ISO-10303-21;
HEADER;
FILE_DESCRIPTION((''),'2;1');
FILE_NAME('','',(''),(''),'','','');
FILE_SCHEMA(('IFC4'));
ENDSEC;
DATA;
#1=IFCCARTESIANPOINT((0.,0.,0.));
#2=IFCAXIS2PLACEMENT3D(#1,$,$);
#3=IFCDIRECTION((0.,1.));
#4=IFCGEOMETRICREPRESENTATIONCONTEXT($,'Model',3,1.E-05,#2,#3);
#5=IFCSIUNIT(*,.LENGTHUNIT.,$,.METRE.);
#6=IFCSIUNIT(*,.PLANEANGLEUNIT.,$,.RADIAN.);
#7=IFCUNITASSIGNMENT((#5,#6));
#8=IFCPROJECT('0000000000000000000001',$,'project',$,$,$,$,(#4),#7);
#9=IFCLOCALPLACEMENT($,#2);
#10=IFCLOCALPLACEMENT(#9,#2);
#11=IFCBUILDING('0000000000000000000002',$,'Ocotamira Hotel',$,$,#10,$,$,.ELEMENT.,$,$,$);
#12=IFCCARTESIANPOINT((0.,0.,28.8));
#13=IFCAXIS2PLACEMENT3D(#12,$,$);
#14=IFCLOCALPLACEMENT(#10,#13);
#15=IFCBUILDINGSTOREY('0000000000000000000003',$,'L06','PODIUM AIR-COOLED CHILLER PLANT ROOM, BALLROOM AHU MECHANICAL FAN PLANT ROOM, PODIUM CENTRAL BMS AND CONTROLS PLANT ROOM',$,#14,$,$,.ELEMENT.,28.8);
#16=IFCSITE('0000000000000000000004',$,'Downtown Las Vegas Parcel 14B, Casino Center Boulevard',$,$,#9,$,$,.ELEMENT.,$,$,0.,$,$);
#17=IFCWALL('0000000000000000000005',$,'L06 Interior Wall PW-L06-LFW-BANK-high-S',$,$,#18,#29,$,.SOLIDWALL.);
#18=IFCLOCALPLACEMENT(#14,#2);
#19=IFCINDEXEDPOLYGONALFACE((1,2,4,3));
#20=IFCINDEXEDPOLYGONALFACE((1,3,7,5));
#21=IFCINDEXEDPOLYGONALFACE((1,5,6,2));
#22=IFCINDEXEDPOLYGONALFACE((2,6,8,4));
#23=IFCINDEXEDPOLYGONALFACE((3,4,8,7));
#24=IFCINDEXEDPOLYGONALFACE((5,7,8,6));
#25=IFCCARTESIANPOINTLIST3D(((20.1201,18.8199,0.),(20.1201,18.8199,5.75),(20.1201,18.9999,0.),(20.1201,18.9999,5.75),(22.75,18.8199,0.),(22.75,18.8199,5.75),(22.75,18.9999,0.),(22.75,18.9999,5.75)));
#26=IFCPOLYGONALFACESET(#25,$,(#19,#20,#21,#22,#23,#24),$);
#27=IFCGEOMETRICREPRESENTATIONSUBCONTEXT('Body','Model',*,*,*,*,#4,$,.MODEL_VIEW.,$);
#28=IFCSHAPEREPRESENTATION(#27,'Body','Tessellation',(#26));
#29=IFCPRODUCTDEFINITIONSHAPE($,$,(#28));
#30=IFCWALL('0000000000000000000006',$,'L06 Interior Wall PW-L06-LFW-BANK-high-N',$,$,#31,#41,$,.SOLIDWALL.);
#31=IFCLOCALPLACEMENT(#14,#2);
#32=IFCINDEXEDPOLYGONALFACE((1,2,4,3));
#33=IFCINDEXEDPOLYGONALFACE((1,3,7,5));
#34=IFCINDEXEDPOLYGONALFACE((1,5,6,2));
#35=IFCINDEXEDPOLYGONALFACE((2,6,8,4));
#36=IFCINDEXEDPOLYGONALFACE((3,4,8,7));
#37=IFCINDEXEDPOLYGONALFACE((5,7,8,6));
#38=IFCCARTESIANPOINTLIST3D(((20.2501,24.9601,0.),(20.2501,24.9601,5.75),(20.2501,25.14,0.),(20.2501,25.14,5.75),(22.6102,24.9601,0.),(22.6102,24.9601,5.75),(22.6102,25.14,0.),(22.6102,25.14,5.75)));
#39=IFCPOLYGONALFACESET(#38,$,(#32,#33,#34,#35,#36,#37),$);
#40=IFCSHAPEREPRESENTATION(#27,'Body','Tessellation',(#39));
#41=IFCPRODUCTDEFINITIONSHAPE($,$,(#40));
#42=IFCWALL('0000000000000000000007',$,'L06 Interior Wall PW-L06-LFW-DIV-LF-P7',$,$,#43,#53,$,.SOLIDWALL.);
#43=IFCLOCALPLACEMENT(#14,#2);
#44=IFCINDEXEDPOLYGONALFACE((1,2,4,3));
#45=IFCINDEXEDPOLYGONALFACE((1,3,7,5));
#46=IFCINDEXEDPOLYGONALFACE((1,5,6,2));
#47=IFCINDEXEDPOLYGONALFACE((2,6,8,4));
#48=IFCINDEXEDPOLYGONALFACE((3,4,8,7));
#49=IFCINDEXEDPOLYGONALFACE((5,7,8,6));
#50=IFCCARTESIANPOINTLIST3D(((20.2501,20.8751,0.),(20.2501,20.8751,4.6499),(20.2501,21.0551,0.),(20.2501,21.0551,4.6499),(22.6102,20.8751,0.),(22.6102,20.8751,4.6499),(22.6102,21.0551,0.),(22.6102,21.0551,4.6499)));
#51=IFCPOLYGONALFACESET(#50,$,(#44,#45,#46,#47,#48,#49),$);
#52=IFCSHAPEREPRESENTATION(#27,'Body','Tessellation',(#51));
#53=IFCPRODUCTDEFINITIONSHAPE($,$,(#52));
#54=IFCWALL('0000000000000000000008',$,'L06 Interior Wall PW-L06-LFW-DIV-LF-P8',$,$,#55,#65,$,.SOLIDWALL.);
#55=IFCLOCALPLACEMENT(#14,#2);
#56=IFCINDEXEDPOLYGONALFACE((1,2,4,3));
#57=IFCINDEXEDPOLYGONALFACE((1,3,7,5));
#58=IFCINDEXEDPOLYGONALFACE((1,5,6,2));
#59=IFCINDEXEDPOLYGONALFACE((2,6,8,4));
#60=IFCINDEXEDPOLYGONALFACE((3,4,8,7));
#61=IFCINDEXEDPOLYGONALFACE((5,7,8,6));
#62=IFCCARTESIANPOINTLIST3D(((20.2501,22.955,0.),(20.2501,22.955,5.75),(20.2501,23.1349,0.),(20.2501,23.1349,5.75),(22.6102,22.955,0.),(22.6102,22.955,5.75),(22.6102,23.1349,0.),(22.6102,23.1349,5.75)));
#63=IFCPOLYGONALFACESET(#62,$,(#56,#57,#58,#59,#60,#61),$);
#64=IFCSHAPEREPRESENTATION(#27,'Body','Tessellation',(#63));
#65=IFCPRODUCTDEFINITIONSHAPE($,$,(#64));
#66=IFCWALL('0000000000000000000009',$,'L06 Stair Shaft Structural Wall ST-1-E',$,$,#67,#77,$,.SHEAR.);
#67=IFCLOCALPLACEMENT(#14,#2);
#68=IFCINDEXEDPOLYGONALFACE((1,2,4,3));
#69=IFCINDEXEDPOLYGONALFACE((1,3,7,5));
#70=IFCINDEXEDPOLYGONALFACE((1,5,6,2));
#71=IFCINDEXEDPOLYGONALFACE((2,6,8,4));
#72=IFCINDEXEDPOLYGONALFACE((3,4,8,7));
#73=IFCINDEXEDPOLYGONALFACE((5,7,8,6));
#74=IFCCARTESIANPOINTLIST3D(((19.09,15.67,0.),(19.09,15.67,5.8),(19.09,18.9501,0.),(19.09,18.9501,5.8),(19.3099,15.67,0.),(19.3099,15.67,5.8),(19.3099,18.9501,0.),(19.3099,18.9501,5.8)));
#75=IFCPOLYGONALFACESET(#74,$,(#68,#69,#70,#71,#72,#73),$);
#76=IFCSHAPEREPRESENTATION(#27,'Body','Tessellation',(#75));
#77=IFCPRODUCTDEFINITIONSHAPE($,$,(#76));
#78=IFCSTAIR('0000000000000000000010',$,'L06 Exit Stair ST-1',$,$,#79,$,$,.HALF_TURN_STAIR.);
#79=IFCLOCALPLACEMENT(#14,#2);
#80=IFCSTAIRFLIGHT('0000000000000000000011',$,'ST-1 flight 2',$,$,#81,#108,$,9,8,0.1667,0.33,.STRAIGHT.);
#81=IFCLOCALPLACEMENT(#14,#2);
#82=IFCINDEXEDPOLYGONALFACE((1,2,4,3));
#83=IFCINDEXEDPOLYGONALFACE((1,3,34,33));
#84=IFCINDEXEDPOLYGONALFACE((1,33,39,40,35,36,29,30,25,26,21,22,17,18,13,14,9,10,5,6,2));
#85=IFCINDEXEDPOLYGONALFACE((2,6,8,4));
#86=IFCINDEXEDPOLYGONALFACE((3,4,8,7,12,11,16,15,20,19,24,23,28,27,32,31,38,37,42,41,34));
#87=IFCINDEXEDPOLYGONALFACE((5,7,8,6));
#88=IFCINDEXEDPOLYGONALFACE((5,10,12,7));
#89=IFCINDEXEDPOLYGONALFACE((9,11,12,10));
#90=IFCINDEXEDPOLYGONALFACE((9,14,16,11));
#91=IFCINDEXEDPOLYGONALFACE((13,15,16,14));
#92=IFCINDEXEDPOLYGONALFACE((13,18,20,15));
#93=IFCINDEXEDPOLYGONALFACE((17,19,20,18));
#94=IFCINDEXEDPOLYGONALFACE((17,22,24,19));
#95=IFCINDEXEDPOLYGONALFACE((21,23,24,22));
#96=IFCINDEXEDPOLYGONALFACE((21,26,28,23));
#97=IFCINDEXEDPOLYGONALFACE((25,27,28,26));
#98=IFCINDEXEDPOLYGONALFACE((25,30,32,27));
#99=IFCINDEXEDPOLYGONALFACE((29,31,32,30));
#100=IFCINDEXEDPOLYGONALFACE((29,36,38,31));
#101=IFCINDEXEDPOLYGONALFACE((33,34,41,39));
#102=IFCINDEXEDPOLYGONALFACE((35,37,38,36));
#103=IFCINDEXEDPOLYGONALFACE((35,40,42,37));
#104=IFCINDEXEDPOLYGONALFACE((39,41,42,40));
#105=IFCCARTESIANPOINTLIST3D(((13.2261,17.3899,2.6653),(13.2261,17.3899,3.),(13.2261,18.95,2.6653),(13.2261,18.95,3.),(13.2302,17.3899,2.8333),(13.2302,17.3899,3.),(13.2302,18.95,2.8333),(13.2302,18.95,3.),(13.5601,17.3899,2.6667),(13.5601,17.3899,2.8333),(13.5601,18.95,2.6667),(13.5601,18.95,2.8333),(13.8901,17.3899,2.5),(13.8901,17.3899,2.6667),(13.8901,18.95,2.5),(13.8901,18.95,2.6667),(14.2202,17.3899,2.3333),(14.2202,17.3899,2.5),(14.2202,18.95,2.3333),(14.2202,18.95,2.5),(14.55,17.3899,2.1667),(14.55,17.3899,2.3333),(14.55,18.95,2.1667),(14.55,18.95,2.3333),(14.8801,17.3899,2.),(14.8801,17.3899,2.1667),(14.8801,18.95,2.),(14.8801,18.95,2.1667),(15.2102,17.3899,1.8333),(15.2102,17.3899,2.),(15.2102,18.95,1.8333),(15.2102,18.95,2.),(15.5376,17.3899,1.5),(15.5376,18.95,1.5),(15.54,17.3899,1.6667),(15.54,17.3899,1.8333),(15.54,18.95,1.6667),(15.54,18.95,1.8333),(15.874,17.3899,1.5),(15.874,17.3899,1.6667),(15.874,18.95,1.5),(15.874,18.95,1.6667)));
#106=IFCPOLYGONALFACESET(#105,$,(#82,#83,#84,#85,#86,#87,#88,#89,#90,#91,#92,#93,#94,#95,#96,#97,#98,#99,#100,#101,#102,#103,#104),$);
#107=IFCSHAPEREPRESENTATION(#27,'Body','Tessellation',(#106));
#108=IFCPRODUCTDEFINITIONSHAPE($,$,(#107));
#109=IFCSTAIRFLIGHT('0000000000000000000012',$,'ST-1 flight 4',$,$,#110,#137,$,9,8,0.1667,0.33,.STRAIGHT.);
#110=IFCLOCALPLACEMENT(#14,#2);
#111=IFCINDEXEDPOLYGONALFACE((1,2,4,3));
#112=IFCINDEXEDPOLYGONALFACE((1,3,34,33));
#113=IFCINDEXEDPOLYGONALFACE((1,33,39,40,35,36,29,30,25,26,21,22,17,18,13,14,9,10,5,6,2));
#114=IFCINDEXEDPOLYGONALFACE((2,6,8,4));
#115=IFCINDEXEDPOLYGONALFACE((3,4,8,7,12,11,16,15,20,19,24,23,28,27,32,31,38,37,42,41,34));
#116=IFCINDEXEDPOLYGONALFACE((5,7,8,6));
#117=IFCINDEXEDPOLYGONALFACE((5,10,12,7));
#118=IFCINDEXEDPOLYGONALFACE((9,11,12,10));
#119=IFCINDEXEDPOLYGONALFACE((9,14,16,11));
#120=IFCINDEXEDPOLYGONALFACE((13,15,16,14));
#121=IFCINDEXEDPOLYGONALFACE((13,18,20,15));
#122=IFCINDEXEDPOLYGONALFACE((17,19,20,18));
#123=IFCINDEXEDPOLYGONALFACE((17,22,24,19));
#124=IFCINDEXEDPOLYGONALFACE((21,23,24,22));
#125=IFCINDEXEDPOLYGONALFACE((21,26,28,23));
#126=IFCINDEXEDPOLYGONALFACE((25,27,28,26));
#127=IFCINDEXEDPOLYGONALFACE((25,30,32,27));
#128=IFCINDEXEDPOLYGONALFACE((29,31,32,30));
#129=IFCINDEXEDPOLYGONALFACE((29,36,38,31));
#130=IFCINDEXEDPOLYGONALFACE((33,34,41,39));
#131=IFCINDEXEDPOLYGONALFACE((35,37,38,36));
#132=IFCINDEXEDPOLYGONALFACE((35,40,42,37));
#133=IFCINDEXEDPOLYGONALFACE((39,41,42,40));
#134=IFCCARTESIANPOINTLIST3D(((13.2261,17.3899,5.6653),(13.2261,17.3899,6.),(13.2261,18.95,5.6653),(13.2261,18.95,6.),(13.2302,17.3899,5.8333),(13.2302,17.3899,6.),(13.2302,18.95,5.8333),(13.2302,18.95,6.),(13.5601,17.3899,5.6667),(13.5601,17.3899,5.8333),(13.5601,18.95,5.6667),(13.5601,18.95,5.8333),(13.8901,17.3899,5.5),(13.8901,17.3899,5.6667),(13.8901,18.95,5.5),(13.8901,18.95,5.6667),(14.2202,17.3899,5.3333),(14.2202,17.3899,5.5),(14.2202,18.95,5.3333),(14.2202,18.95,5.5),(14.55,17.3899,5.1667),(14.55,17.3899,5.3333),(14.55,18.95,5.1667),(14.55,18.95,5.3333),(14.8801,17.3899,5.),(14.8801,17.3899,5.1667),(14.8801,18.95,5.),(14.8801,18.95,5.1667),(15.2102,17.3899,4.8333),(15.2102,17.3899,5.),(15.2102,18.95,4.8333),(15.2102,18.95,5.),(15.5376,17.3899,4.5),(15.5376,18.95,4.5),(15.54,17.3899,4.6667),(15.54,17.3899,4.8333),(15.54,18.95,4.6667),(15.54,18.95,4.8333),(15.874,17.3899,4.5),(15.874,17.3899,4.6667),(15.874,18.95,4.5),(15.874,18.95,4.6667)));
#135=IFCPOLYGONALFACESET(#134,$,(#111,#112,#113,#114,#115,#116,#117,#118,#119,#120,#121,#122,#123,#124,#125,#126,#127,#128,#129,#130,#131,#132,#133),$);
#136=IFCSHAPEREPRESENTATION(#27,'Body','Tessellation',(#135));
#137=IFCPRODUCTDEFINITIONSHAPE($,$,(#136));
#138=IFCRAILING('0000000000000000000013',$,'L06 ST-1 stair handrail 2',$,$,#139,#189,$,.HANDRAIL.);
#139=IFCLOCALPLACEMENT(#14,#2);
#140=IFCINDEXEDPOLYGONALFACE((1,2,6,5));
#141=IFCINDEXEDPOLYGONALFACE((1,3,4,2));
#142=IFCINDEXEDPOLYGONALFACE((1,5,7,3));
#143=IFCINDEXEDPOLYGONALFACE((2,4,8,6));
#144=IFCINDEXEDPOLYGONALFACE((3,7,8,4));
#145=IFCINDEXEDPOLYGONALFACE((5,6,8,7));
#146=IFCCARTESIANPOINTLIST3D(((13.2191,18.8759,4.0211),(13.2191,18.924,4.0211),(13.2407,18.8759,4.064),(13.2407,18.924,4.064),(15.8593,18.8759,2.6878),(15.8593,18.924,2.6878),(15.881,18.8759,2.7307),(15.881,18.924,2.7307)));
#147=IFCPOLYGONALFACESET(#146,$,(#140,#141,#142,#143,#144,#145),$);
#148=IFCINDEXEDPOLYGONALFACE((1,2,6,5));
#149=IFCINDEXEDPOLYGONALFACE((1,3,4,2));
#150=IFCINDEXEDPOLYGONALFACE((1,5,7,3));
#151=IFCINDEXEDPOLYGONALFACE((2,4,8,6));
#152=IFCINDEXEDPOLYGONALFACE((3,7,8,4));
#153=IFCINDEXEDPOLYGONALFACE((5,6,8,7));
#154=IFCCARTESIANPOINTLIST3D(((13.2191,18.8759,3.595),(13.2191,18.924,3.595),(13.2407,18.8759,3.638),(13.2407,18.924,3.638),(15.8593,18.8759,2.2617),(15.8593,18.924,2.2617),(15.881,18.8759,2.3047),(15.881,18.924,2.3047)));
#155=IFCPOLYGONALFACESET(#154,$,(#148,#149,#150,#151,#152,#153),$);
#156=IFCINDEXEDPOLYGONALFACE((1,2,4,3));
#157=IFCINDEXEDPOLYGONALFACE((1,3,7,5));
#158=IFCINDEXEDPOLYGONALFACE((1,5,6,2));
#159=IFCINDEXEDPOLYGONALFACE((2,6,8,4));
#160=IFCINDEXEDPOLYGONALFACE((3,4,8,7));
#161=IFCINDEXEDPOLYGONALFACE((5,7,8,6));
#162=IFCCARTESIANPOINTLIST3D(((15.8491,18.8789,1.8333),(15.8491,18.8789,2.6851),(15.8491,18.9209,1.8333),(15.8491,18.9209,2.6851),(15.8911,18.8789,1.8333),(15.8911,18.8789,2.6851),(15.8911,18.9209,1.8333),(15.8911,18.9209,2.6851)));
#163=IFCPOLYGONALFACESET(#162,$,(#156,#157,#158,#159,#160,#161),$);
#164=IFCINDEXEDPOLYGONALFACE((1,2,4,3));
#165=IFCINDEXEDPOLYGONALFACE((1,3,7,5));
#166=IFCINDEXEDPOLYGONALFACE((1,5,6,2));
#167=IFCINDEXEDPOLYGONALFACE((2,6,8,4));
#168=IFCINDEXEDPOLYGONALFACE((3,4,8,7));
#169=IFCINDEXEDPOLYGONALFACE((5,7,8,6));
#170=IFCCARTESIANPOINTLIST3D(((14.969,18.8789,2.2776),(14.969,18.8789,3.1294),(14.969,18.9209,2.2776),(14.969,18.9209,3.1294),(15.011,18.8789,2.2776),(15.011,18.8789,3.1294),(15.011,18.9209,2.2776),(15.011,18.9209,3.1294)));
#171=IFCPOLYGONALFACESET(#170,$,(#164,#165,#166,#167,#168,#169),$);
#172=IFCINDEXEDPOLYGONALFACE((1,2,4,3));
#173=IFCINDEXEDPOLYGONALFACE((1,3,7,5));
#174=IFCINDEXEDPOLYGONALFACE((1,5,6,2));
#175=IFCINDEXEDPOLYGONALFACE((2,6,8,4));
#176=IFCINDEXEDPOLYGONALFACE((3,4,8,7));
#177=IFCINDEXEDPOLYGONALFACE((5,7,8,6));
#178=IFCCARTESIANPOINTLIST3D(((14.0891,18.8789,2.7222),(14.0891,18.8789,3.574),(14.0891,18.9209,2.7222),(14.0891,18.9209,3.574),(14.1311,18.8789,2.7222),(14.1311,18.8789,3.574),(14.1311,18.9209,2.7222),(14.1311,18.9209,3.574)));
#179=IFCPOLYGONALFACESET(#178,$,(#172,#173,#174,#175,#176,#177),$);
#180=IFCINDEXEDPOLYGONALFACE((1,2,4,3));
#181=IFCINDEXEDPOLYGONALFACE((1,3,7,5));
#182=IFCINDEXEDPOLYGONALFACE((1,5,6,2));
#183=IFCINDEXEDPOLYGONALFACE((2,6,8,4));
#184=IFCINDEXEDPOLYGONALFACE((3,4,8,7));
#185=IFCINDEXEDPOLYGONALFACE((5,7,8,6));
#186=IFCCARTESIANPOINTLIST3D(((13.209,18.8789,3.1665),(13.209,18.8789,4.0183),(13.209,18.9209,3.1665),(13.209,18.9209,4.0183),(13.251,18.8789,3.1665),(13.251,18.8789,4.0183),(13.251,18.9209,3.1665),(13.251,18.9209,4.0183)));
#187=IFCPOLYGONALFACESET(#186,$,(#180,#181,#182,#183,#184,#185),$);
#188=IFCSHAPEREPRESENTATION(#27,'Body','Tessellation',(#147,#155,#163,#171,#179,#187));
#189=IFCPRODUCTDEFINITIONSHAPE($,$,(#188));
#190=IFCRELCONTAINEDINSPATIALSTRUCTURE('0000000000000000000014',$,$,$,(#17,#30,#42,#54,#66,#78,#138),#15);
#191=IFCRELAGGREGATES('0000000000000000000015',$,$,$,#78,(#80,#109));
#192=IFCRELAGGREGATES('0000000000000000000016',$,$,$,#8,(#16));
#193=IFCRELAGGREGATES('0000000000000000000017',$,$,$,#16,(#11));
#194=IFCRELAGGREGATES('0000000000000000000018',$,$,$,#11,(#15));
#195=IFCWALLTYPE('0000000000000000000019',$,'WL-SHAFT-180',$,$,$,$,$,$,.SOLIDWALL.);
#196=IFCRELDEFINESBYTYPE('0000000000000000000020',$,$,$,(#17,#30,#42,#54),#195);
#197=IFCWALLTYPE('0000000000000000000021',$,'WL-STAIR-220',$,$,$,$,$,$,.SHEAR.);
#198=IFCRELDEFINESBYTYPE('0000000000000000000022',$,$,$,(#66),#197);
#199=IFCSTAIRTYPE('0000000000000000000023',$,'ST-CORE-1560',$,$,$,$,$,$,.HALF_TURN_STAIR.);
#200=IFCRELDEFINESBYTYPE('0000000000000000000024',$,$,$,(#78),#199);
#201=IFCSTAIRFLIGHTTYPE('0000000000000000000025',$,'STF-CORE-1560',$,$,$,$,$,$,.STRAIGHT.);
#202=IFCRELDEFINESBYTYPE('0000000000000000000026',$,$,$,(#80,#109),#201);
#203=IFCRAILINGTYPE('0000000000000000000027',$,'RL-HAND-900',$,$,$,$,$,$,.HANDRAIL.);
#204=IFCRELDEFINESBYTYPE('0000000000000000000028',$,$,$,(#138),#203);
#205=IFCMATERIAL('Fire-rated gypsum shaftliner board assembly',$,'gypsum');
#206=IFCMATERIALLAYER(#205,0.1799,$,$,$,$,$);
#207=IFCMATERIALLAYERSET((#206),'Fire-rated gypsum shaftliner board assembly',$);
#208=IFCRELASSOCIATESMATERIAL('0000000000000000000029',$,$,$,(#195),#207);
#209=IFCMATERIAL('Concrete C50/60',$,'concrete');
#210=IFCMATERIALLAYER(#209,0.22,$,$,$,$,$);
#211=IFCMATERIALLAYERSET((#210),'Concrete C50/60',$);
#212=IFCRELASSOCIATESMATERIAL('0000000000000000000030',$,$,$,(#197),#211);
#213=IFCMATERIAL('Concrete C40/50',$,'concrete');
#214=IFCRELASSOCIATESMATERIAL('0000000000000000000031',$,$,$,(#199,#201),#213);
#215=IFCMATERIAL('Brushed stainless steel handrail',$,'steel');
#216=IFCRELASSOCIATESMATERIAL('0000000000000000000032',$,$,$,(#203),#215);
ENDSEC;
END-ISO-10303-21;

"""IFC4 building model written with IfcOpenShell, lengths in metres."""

from ifc_helpers import new_model, si_unit, direction, frame, frame_2d, origin, origin_2d, place, context, subcontext, project, spatial, polyline, rectangle, outline, extrude, source, transform, mapped, material, layer, layer_set, type_object, element, aggregate, save


model = new_model("IFC4")

# Units and contexts
model_context = context("Model", 3, precision=1e-05, world=origin(), true_north=direction((0.0, 1.0)))
body_context = subcontext(model_context, "Body", "Model", "MODEL_VIEW")
ifc_project = project(units=[si_unit("LENGTHUNIT", "METRE"), si_unit("PLANEANGLEUNIT", "RADIAN")], contexts=[model_context])

# Site, building, storey
site_placement = place(None, origin())
site = spatial("IfcSite", under=ifc_project, at=site_placement, Name="Downtown Las Vegas Parcel 14B, Casino Center Boulevard", CompositionType="ELEMENT", RefElevation=0.0)
building_placement = place(site_placement, origin())
building = spatial("IfcBuilding", under=site, at=building_placement, Name="Ocotamira Hotel", CompositionType="ELEMENT")
storey_placement = place(building_placement, frame((0.0, 0.0, 28.8)))
storey = spatial("IfcBuildingStorey", under=building, at=storey_placement, Name="L06", Description="PODIUM AIR-COOLED CHILLER PLANT ROOM, BALLROOM AHU MECHANICAL FAN PLANT ROOM, PODIUM CENTRAL BMS AND CONTROLS PLANT ROOM", CompositionType="ELEMENT", Elevation=28.8)

# Walls
ifc_material_1 = material(Name="Fire-rated gypsum shaftliner board assembly", Category="gypsum")
ifc_layer_1 = layer(ifc_material_1, 0.1799)
ifc_layer_set_1 = layer_set([ifc_layer_1], Name="Fire-rated gypsum shaftliner board assembly")
wall_type_1 = type_object("IfcWallType", Name="WL-SHAFT-180", PredefinedType="SOLIDWALL", material=ifc_layer_set_1)
wall_1_placement = place(storey_placement, frame((20.1201, 18.9099, 0.0), z_axis=(0.0, 0.0, 1.0), x_axis=(1.0, 0.0, 0.0)))
element("IfcWall", 1, at=wall_1_placement, inside=storey, type_object=wall_type_1, Name="L06 Interior Wall PW-L06-LFW-BANK-high-S", PredefinedType="SOLIDWALL", context=body_context, shape_type="SweptSolid", body=[
    extrude(rectangle(XDim=2.6299, YDim=0.1799, at=frame_2d((1.3149, 0.0))), origin(), (0.0, 0.0, 1.0), 5.75),
])
wall_2_placement = place(storey_placement, frame((20.25, 25.05, 0.0), z_axis=(0.0, 0.0, 1.0), x_axis=(1.0, 0.0, 0.0)))
element("IfcWall", 2, at=wall_2_placement, inside=storey, type_object=wall_type_1, Name="L06 Interior Wall PW-L06-LFW-BANK-high-N", PredefinedType="SOLIDWALL", context=body_context, shape_type="SweptSolid", body=[
    extrude(rectangle(XDim=2.3601, YDim=0.1799, at=frame_2d((1.1802, 0.0))), origin(), (0.0, 0.0, 1.0), 5.75),
])
wall_3_placement = place(storey_placement, frame((20.25, 20.9651, 0.0), z_axis=(0.0, 0.0, 1.0), x_axis=(1.0, 0.0, 0.0)))
element("IfcWall", 3, at=wall_3_placement, inside=storey, type_object=wall_type_1, Name="L06 Interior Wall PW-L06-LFW-DIV-LF-P7", PredefinedType="SOLIDWALL", context=body_context, shape_type="SweptSolid", body=[
    extrude(rectangle(XDim=2.3601, YDim=0.1799, at=frame_2d((1.1802, 0.0))), origin(), (0.0, 0.0, 1.0), 4.6499),
])
wall_4_placement = place(storey_placement, frame((20.25, 23.0449, 0.0), z_axis=(0.0, 0.0, 1.0), x_axis=(1.0, 0.0, 0.0)))
element("IfcWall", 4, at=wall_4_placement, inside=storey, type_object=wall_type_1, Name="L06 Interior Wall PW-L06-LFW-DIV-LF-P8", PredefinedType="SOLIDWALL", context=body_context, shape_type="SweptSolid", body=[
    extrude(rectangle(XDim=2.3601, YDim=0.1799, at=frame_2d((1.1802, 0.0))), origin(), (0.0, 0.0, 1.0), 5.75),
])
ifc_material_2 = material(Name="Concrete C50/60", Category="concrete")
ifc_layer_2 = layer(ifc_material_2, 0.22)
ifc_layer_set_2 = layer_set([ifc_layer_2], Name="Concrete C50/60")
wall_type_2 = type_object("IfcWallType", Name="WL-STAIR-220", PredefinedType="SHEAR", material=ifc_layer_set_2)
wall_5_placement = place(storey_placement, frame((19.2, 15.6699, 0.0), z_axis=(0.0, 0.0, 1.0), x_axis=(0.0, 1.0, 0.0)))
element("IfcWall", 5, at=wall_5_placement, inside=storey, type_object=wall_type_2, Name="L06 Stair Shaft Structural Wall ST-1-E", PredefinedType="SHEAR", context=body_context, shape_type="SweptSolid", body=[
    extrude(rectangle(XDim=3.28, YDim=0.22, at=frame_2d((1.6401, 0.0))), origin(), (0.0, 0.0, 1.0), 5.8),
])

# Stair, stair flights
ifc_material_3 = material(Name="Concrete C40/50", Category="concrete")
stair_type = type_object("IfcStairType", Name="ST-CORE-1560", PredefinedType="HALF_TURN_STAIR", material=ifc_material_3)
stair_placement = place(storey_placement, origin())
stair = element("IfcStair", 6, at=stair_placement, inside=storey, type_object=stair_type, Name="L06 Exit Stair ST-1", PredefinedType="HALF_TURN_STAIR")
stair_flight_type = type_object("IfcStairFlightType", Name="STF-CORE-1560", PredefinedType="STRAIGHT", material=ifc_material_3)
shared_shape_1 = source(origin(), body_context, "Body", "SweptSolid", [
    extrude(outline(polyline([(-0.0039, 0.0), (-0.0039, 0.1667), (0.3301, 0.1667), (0.3301, 0.3333), (0.6599, 0.3333), (0.6599, 0.5), (0.99, 0.5), (0.99, 0.6667), (1.3201, 0.6667), (1.3201, 0.8333), (1.6499, 0.8333), (1.6499, 1.0), (1.98, 1.0), (1.98, 1.1667), (2.3101, 1.1667), (2.3101, 1.3333), (2.6399, 1.3333), (2.6399, 1.5), (2.644, 1.5), (2.644, 1.1653), (0.3325, 0.0), (-0.0039, 0.0)])), frame((0.0, 0.78, 0.0), z_axis=(0.0, -1.0, 0.0), x_axis=(1.0, 0.0, 0.0)), (0.0, 0.0, 1.0), 1.5601),
])
stair_flight_1_placement = place(storey_placement, frame((15.8701, 18.1699, 1.5), z_axis=(0.0, 0.0, 1.0), x_axis=(-1.0, 0.0, 0.0)))
stair_flight_1 = element("IfcStairFlight", 7, at=stair_flight_1_placement, type_object=stair_flight_type, Name="ST-1 flight 2", NumberOfRisers=9, NumberOfTreads=8, PredefinedType="STRAIGHT", RiserHeight=0.1667, TreadLength=0.33, context=body_context, shape_type="MappedRepresentation", body=[
    mapped(shared_shape_1, transform((0.0, 0.0, 0.0), scale=1.0)),
])
stair_flight_2_placement = place(storey_placement, frame((15.8701, 18.1699, 4.5), z_axis=(0.0, 0.0, 1.0), x_axis=(-1.0, 0.0, 0.0)))
stair_flight_2 = element("IfcStairFlight", 8, at=stair_flight_2_placement, type_object=stair_flight_type, Name="ST-1 flight 4", NumberOfRisers=9, NumberOfTreads=8, PredefinedType="STRAIGHT", RiserHeight=0.1667, TreadLength=0.33, context=body_context, shape_type="MappedRepresentation", body=[
    mapped(shared_shape_1, transform((0.0, 0.0, 0.0), scale=1.0)),
])
aggregate(stair, [stair_flight_1, stair_flight_2])

# Railing
ifc_material_4 = material(Name="Brushed stainless steel handrail", Category="steel")
railing_type_1 = type_object("IfcRailingType", Name="RL-HAND-900", PredefinedType="HANDRAIL", material=ifc_material_4)
for number, where, name in (
    (9, (15.8701, 18.8999, 1.8333), "L06 ST-1 stair handrail 2"),
):
    element("IfcRailing", number, at=place(storey_placement, frame(where)), inside=storey, type_object=railing_type_1, Name=name, PredefinedType="HANDRAIL", context=body_context, shape_type="SweptSolid", body=[
        extrude(rectangle(XDim=0.0481, YDim=0.0481, at=origin_2d()), frame((0.0, 0.0, 0.876), z_axis=(-0.892637, 0.0, 0.450776), x_axis=(0.0, -1.0, 0.0)), (0.0, 0.0, 1.0), 2.9578),
        extrude(rectangle(XDim=0.0481, YDim=0.0481, at=origin_2d()), frame((0.0, 0.0, 0.45), z_axis=(-0.892637, 0.0, 0.450776), x_axis=(0.0, -1.0, 0.0)), (0.0, 0.0, 1.0), 2.9578),
        extrude(rectangle(XDim=0.042, YDim=0.042, at=origin_2d()), origin(), (0.0, 0.0, 1.0), 0.8518),
        extrude(rectangle(XDim=0.042, YDim=0.042, at=origin_2d()), frame((-0.8801, 0.0, 0.4443)), (0.0, 0.0, 1.0), 0.8518),
        extrude(rectangle(XDim=0.042, YDim=0.042, at=origin_2d()), frame((-1.76, 0.0, 0.8889)), (0.0, 0.0, 1.0), 0.8518),
        extrude(rectangle(XDim=0.042, YDim=0.042, at=origin_2d()), frame((-2.6401, 0.0, 1.3333)), (0.0, 0.0, 1.0), 0.8518),
    ])

save(model, "model.ifc")
